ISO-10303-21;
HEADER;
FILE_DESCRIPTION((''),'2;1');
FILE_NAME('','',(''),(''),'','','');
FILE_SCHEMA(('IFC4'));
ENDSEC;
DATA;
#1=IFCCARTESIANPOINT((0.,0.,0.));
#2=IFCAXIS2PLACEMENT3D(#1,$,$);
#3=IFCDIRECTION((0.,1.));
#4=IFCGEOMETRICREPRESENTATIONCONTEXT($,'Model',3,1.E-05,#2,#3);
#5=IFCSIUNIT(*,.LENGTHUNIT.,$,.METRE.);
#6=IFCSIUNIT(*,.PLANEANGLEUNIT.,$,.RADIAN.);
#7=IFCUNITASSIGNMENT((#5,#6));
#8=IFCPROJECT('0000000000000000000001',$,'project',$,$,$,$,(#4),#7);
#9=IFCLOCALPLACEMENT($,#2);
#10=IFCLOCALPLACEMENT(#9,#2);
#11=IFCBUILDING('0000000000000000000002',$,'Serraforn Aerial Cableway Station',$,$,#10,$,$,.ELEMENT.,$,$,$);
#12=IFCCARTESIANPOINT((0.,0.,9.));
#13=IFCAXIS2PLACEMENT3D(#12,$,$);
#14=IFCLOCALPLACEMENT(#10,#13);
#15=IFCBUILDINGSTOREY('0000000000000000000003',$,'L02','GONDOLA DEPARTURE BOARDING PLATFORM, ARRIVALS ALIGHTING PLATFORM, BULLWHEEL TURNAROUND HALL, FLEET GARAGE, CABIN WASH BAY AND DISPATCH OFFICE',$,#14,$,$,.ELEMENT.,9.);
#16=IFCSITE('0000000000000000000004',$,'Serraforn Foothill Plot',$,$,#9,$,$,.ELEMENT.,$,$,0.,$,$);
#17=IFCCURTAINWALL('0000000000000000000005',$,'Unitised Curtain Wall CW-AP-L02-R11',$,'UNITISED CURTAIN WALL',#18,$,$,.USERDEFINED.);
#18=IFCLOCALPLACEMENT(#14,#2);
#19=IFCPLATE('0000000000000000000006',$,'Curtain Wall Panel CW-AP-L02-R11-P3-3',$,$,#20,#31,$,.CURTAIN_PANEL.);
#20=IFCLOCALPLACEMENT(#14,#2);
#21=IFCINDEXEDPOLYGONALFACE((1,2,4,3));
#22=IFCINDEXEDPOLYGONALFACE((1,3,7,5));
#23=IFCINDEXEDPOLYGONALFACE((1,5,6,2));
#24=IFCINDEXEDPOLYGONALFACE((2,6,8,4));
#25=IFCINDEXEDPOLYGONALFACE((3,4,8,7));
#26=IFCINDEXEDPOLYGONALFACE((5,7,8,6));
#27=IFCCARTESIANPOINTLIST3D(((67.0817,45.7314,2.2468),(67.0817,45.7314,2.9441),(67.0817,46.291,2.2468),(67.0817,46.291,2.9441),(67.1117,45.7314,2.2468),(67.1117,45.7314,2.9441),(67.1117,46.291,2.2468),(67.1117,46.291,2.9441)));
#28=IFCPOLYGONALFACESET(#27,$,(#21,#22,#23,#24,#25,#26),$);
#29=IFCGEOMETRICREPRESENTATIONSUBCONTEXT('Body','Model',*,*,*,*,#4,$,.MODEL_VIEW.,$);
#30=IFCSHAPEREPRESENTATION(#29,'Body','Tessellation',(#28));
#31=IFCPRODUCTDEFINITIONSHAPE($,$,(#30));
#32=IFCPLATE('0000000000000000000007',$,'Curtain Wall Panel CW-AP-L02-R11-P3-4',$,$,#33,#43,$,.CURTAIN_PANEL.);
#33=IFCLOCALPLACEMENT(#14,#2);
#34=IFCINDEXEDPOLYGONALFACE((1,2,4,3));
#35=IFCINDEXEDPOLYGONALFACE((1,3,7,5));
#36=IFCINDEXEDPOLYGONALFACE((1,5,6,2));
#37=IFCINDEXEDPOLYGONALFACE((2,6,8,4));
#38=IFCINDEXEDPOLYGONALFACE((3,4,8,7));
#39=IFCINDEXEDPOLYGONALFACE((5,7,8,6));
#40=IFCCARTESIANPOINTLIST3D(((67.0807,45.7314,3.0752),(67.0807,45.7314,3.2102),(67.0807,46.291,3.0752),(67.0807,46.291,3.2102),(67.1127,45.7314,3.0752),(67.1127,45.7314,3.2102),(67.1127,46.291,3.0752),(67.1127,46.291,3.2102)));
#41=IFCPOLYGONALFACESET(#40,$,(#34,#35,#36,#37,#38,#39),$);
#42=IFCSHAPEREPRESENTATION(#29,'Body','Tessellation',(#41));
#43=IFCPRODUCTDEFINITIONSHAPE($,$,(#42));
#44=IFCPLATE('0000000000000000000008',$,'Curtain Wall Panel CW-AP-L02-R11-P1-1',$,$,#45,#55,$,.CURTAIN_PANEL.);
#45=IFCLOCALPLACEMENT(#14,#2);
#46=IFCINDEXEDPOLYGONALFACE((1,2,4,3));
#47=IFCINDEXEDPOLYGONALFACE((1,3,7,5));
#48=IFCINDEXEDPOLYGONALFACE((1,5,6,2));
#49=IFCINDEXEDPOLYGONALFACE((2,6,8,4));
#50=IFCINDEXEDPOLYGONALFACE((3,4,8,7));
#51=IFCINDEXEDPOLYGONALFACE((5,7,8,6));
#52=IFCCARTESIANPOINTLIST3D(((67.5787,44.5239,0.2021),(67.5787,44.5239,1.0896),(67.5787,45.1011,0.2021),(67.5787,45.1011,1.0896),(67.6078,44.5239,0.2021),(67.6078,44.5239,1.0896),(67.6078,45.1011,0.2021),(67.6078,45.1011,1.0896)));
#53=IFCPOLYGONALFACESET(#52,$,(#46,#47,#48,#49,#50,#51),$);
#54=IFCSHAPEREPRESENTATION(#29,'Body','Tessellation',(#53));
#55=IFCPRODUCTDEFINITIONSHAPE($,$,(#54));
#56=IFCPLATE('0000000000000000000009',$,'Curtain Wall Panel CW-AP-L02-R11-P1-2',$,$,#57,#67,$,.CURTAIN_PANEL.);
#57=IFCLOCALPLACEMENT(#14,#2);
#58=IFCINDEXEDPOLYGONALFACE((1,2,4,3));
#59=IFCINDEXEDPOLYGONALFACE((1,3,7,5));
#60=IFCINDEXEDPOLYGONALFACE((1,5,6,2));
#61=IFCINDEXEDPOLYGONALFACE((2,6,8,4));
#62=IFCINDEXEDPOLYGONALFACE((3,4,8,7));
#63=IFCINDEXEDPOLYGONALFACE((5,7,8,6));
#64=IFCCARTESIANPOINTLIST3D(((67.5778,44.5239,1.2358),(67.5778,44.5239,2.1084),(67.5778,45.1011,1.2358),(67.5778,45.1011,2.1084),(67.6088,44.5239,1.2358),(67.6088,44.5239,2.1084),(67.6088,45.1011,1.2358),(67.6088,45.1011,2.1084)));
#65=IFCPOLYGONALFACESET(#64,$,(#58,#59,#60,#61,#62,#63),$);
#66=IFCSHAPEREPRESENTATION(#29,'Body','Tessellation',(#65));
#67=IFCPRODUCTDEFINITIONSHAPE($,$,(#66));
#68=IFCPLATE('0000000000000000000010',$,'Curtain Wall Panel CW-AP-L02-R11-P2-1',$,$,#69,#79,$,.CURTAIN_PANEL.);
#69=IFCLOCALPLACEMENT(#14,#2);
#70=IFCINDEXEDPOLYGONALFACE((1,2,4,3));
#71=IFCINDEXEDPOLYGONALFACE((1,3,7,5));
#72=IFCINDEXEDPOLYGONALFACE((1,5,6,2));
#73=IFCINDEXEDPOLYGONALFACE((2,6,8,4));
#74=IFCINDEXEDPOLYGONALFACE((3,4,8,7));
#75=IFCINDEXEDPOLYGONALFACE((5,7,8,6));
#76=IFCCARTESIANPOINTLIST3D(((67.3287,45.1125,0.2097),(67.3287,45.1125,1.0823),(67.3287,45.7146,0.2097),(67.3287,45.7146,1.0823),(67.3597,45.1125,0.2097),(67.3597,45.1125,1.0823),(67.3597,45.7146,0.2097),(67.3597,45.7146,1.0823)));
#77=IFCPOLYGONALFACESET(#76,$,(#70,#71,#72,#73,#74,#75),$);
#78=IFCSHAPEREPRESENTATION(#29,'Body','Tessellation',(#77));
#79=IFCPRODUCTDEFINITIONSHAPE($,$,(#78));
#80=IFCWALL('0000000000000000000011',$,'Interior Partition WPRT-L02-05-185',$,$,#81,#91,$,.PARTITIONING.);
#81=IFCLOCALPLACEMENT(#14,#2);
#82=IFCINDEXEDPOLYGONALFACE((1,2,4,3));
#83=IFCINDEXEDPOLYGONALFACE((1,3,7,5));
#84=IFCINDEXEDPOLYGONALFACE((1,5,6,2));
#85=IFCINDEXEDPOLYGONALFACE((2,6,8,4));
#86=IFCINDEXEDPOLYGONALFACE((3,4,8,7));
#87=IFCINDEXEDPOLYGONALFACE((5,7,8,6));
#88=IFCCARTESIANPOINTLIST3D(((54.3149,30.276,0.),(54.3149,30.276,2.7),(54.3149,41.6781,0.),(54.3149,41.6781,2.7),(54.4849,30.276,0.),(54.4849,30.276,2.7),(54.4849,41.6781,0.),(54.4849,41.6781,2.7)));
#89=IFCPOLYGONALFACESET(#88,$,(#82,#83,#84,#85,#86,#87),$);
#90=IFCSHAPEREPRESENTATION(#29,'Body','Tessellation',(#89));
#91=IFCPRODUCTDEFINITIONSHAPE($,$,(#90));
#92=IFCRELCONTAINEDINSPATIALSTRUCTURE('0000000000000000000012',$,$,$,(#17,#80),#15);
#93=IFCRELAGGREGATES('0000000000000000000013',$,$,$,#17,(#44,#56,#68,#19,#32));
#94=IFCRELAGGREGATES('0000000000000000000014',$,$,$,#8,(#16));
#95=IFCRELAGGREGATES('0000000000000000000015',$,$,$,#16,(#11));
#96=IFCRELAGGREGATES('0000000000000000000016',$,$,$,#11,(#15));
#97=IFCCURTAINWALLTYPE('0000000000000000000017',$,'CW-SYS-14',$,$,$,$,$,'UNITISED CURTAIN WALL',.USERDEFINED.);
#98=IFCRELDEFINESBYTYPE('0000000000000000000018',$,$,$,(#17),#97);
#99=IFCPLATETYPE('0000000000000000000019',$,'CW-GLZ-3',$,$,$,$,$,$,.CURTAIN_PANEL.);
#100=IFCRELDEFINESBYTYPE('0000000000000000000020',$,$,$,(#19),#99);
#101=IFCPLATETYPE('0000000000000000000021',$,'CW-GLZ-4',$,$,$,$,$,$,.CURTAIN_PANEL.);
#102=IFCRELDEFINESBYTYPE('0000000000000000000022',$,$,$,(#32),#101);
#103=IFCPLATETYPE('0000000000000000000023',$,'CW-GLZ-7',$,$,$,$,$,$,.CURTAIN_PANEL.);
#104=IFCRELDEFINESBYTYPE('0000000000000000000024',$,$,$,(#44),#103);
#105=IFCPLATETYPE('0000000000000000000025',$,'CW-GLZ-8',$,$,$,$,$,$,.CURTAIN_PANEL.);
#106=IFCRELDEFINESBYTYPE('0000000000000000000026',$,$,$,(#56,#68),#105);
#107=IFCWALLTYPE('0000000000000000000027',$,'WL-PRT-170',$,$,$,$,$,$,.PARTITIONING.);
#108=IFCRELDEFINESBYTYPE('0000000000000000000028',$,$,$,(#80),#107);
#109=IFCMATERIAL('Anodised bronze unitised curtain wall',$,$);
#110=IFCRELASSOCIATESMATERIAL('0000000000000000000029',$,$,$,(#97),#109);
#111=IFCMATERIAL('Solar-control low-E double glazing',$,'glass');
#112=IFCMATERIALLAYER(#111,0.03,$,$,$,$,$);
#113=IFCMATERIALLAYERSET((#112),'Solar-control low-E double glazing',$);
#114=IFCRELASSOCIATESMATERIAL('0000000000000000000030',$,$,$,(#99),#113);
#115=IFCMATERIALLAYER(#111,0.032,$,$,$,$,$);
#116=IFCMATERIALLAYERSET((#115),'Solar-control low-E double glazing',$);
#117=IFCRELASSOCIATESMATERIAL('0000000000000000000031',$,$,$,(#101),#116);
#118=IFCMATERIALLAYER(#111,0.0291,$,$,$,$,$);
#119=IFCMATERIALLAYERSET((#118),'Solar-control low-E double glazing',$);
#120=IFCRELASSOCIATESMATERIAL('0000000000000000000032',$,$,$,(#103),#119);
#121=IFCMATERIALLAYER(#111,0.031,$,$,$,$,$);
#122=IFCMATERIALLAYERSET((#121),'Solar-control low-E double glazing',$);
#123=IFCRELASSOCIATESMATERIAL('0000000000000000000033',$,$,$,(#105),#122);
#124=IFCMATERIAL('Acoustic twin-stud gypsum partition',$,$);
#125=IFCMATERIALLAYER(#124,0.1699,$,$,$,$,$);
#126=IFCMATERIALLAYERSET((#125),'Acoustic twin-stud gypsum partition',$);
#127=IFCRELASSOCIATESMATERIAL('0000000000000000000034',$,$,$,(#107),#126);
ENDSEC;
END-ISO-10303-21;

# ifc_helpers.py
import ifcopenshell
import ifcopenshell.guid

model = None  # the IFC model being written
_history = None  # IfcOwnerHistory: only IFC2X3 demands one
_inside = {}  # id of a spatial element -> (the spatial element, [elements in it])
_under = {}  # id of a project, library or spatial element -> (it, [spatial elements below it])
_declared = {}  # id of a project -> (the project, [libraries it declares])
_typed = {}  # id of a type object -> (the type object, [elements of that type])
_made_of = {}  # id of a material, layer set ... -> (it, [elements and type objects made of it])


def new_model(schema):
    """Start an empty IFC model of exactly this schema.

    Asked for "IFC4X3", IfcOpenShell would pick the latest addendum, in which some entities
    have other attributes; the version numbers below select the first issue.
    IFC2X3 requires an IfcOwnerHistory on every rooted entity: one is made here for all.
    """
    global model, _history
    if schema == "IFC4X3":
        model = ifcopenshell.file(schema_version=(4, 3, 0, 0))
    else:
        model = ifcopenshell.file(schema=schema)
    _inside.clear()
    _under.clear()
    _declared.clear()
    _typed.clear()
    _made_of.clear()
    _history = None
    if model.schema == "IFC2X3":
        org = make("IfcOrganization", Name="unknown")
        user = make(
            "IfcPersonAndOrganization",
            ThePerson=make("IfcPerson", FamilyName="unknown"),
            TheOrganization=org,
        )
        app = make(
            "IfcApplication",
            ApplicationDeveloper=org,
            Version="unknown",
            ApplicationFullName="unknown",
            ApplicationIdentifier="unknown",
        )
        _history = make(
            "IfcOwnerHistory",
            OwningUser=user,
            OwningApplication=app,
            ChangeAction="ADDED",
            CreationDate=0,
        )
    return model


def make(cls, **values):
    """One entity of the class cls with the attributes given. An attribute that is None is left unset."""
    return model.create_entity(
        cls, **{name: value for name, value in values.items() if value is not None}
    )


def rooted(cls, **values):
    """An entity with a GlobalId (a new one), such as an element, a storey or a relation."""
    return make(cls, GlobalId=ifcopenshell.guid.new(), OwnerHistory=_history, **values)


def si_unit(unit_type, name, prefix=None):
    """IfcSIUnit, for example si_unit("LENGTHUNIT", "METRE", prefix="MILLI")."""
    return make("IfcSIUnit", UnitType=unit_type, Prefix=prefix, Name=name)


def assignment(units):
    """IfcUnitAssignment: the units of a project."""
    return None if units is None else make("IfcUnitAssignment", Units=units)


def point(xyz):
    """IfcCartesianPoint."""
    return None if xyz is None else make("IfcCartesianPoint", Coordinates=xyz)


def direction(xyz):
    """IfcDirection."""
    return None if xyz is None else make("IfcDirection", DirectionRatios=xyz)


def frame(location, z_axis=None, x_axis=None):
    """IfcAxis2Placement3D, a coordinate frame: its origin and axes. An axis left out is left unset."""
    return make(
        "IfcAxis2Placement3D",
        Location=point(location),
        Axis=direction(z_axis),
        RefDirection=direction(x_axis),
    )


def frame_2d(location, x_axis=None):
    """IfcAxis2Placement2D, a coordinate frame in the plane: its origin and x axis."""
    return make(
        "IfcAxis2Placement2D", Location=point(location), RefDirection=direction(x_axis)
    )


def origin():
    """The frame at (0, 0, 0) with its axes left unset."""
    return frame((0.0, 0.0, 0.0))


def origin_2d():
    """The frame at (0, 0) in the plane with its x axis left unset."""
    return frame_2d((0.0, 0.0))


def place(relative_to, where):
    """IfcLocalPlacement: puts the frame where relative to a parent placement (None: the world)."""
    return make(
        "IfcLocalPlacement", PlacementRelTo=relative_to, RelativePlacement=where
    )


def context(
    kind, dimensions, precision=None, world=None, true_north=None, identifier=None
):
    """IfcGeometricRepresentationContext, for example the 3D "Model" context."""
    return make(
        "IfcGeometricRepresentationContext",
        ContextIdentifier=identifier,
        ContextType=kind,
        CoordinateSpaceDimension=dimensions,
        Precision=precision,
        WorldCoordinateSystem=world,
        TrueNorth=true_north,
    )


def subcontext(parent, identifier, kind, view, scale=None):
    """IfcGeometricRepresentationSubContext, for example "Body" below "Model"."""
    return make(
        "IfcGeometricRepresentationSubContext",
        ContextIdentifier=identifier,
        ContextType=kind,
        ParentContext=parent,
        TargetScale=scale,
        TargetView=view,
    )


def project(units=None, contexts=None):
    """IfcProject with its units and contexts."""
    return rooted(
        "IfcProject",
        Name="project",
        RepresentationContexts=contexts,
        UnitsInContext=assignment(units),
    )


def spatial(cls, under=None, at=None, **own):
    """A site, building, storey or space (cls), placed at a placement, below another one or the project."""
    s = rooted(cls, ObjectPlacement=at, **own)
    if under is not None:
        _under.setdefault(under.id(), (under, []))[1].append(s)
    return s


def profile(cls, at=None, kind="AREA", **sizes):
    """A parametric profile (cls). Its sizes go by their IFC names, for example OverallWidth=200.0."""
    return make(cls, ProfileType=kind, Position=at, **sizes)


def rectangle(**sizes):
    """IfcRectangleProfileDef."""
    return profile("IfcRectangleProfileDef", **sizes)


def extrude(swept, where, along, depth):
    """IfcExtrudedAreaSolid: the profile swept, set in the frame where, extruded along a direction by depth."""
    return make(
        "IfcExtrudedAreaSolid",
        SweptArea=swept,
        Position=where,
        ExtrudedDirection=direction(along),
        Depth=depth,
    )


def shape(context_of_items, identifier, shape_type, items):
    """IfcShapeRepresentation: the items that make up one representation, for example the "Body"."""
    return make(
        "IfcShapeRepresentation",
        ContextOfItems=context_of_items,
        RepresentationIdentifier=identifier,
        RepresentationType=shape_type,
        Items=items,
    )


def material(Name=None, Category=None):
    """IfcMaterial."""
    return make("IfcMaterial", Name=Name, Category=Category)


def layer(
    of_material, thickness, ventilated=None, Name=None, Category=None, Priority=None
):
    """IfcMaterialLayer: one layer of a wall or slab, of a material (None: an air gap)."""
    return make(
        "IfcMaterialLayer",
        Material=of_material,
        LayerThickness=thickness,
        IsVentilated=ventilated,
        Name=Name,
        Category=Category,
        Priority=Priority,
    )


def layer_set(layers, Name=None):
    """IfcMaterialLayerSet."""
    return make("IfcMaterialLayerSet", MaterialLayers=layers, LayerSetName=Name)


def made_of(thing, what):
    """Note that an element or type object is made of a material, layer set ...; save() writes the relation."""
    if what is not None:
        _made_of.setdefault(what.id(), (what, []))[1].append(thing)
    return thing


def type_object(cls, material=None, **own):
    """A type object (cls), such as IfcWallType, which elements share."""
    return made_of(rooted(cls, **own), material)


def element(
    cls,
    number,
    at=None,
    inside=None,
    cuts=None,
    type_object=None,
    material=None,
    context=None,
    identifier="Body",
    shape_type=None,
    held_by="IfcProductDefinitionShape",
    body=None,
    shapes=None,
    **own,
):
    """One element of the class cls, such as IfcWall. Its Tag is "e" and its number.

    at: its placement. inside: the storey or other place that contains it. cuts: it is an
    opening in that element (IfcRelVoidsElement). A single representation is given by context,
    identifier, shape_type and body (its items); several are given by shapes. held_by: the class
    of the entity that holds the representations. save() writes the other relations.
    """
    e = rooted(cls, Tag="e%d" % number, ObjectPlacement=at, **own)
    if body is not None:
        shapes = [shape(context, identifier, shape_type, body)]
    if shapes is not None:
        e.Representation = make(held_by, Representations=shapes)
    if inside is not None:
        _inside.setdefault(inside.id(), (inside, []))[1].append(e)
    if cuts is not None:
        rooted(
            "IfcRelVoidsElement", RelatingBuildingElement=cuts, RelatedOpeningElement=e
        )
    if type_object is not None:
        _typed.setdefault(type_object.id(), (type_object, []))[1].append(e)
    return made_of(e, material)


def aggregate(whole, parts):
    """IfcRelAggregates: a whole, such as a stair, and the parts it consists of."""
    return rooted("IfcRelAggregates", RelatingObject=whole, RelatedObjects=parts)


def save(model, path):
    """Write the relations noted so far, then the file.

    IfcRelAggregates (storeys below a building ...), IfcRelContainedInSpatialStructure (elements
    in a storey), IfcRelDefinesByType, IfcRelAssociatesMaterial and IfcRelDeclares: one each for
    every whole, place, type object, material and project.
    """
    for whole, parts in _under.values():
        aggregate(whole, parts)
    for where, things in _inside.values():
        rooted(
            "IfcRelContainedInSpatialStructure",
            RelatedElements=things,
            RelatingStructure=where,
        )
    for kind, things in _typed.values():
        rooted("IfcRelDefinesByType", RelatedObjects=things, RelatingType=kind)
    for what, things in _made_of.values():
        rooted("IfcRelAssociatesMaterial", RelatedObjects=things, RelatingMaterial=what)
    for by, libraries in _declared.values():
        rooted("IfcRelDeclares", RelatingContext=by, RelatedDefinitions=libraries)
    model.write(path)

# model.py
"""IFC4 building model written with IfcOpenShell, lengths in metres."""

from ifc_helpers import new_model, si_unit, direction, frame, frame_2d, origin, origin_2d, place, context, subcontext, project, spatial, rectangle, extrude, material, layer, layer_set, type_object, element, aggregate, save


model = new_model("IFC4")

# Units and contexts
model_context = context("Model", 3, precision=1e-05, world=origin(), true_north=direction((0.0, 1.0)))
body_context = subcontext(model_context, "Body", "Model", "MODEL_VIEW")
ifc_project = project(units=[si_unit("LENGTHUNIT", "METRE"), si_unit("PLANEANGLEUNIT", "RADIAN")], contexts=[model_context])

# Site, building, storey
site_placement = place(None, origin())
site = spatial("IfcSite", under=ifc_project, at=site_placement, Name="Serraforn Foothill Plot", CompositionType="ELEMENT", RefElevation=0.0)
building_placement = place(site_placement, origin())
building = spatial("IfcBuilding", under=site, at=building_placement, Name="Serraforn Aerial Cableway Station", CompositionType="ELEMENT")
storey_placement = place(building_placement, frame((0.0, 0.0, 9.0)))
storey = spatial("IfcBuildingStorey", under=building, at=storey_placement, Name="L02", Description="GONDOLA DEPARTURE BOARDING PLATFORM, ARRIVALS ALIGHTING PLATFORM, BULLWHEEL TURNAROUND HALL, FLEET GARAGE, CABIN WASH BAY AND DISPATCH OFFICE", CompositionType="ELEMENT", Elevation=9.0)

# Curtain wall, plates
ifc_material_1 = material(Name="Anodised bronze unitised curtain wall")
curtain_wall_type = type_object("IfcCurtainWallType", Name="CW-SYS-14", ElementType="UNITISED CURTAIN WALL", PredefinedType="USERDEFINED", material=ifc_material_1)
curtain_wall_placement = place(storey_placement, origin())
curtain_wall = element("IfcCurtainWall", 1, at=curtain_wall_placement, inside=storey, type_object=curtain_wall_type, Name="Unitised Curtain Wall CW-AP-L02-R11", ObjectType="UNITISED CURTAIN WALL", PredefinedType="USERDEFINED")
ifc_material_2 = material(Name="Solar-control low-E double glazing", Category="glass")
ifc_layer_1 = layer(ifc_material_2, 0.03)
ifc_layer_set_1 = layer_set([ifc_layer_1], Name="Solar-control low-E double glazing")
plate_type_1 = type_object("IfcPlateType", Name="CW-GLZ-3", PredefinedType="CURTAIN_PANEL", material=ifc_layer_set_1)
plate_1_placement = place(storey_placement, frame((67.0967, 46.0112, 2.2468), z_axis=(0.0, 0.0, 1.0), x_axis=(1.0, 0.0, 0.0)))
plate_1 = element("IfcPlate", 2, at=plate_1_placement, type_object=plate_type_1, Name="Curtain Wall Panel CW-AP-L02-R11-P3-3", PredefinedType="CURTAIN_PANEL", context=body_context, shape_type="SweptSolid", body=[
    extrude(rectangle(XDim=0.03, YDim=0.5596, at=origin_2d()), origin(), (0.0, 0.0, 1.0), 0.6973),
])
ifc_layer_2 = layer(ifc_material_2, 0.032)
ifc_layer_set_2 = layer_set([ifc_layer_2], Name="Solar-control low-E double glazing")
plate_type_2 = type_object("IfcPlateType", Name="CW-GLZ-4", PredefinedType="CURTAIN_PANEL", material=ifc_layer_set_2)
plate_2_placement = place(storey_placement, frame((67.0967, 46.0112, 3.0752), z_axis=(0.0, 0.0, 1.0), x_axis=(1.0, 0.0, 0.0)))
plate_2 = element("IfcPlate", 3, at=plate_2_placement, type_object=plate_type_2, Name="Curtain Wall Panel CW-AP-L02-R11-P3-4", PredefinedType="CURTAIN_PANEL", context=body_context, shape_type="SweptSolid", body=[
    extrude(rectangle(XDim=0.032, YDim=0.5596, at=origin_2d()), origin(), (0.0, 0.0, 1.0), 0.135),
])
ifc_layer_3 = layer(ifc_material_2, 0.0291)
ifc_layer_set_3 = layer_set([ifc_layer_3], Name="Solar-control low-E double glazing")
plate_type_3 = type_object("IfcPlateType", Name="CW-GLZ-7", PredefinedType="CURTAIN_PANEL", material=ifc_layer_set_3)
plate_3_placement = place(storey_placement, frame((67.5933, 44.8125, 0.2021), z_axis=(0.0, 0.0, 1.0), x_axis=(1.0, 0.0, 0.0)))
plate_3 = element("IfcPlate", 4, at=plate_3_placement, type_object=plate_type_3, Name="Curtain Wall Panel CW-AP-L02-R11-P1-1", PredefinedType="CURTAIN_PANEL", context=body_context, shape_type="SweptSolid", body=[
    extrude(rectangle(XDim=0.0291, YDim=0.5771, at=origin_2d()), origin(), (0.0, 0.0, 1.0), 0.8875),
])
ifc_layer_4 = layer(ifc_material_2, 0.031)
ifc_layer_set_4 = layer_set([ifc_layer_4], Name="Solar-control low-E double glazing")
plate_type_4 = type_object("IfcPlateType", Name="CW-GLZ-8", PredefinedType="CURTAIN_PANEL", material=ifc_layer_set_4)
plate_4_placement = place(storey_placement, frame((67.5933, 44.8125, 1.2358), z_axis=(0.0, 0.0, 1.0), x_axis=(1.0, 0.0, 0.0)))
plate_4 = element("IfcPlate", 5, at=plate_4_placement, type_object=plate_type_4, Name="Curtain Wall Panel CW-AP-L02-R11-P1-2", PredefinedType="CURTAIN_PANEL", context=body_context, shape_type="SweptSolid", body=[
    extrude(rectangle(XDim=0.031, YDim=0.5771, at=origin_2d()), origin(), (0.0, 0.0, 1.0), 0.8726),
])
plate_5_placement = place(storey_placement, frame((67.3442, 45.4136, 0.2097), z_axis=(0.0, 0.0, 1.0), x_axis=(1.0, 0.0, 0.0)))
plate_5 = element("IfcPlate", 6, at=plate_5_placement, type_object=plate_type_4, Name="Curtain Wall Panel CW-AP-L02-R11-P2-1", PredefinedType="CURTAIN_PANEL", context=body_context, shape_type="SweptSolid", body=[
    extrude(rectangle(XDim=0.031, YDim=0.6021, at=origin_2d()), origin(), (0.0, 0.0, 1.0), 0.8726),
])
aggregate(curtain_wall, [plate_3, plate_4, plate_5, plate_1, plate_2])

# Wall
ifc_material_3 = material(Name="Acoustic twin-stud gypsum partition")
ifc_layer_5 = layer(ifc_material_3, 0.1699)
ifc_layer_set_5 = layer_set([ifc_layer_5], Name="Acoustic twin-stud gypsum partition")
wall_type = type_object("IfcWallType", Name="WL-PRT-170", PredefinedType="PARTITIONING", material=ifc_layer_set_5)
wall_placement = place(storey_placement, frame((54.3999, 30.2759, 0.0), z_axis=(0.0, 0.0, 1.0), x_axis=(0.0, 1.0, 0.0)))
element("IfcWall", 7, at=wall_placement, inside=storey, type_object=wall_type, Name="Interior Partition WPRT-L02-05-185", PredefinedType="PARTITIONING", context=body_context, shape_type="SweptSolid", body=[
    extrude(rectangle(XDim=11.4021, YDim=0.1699, at=frame_2d((5.7012, 0.0))), origin(), (0.0, 0.0, 1.0), 2.7),
])

save(model, "model.ifc")
